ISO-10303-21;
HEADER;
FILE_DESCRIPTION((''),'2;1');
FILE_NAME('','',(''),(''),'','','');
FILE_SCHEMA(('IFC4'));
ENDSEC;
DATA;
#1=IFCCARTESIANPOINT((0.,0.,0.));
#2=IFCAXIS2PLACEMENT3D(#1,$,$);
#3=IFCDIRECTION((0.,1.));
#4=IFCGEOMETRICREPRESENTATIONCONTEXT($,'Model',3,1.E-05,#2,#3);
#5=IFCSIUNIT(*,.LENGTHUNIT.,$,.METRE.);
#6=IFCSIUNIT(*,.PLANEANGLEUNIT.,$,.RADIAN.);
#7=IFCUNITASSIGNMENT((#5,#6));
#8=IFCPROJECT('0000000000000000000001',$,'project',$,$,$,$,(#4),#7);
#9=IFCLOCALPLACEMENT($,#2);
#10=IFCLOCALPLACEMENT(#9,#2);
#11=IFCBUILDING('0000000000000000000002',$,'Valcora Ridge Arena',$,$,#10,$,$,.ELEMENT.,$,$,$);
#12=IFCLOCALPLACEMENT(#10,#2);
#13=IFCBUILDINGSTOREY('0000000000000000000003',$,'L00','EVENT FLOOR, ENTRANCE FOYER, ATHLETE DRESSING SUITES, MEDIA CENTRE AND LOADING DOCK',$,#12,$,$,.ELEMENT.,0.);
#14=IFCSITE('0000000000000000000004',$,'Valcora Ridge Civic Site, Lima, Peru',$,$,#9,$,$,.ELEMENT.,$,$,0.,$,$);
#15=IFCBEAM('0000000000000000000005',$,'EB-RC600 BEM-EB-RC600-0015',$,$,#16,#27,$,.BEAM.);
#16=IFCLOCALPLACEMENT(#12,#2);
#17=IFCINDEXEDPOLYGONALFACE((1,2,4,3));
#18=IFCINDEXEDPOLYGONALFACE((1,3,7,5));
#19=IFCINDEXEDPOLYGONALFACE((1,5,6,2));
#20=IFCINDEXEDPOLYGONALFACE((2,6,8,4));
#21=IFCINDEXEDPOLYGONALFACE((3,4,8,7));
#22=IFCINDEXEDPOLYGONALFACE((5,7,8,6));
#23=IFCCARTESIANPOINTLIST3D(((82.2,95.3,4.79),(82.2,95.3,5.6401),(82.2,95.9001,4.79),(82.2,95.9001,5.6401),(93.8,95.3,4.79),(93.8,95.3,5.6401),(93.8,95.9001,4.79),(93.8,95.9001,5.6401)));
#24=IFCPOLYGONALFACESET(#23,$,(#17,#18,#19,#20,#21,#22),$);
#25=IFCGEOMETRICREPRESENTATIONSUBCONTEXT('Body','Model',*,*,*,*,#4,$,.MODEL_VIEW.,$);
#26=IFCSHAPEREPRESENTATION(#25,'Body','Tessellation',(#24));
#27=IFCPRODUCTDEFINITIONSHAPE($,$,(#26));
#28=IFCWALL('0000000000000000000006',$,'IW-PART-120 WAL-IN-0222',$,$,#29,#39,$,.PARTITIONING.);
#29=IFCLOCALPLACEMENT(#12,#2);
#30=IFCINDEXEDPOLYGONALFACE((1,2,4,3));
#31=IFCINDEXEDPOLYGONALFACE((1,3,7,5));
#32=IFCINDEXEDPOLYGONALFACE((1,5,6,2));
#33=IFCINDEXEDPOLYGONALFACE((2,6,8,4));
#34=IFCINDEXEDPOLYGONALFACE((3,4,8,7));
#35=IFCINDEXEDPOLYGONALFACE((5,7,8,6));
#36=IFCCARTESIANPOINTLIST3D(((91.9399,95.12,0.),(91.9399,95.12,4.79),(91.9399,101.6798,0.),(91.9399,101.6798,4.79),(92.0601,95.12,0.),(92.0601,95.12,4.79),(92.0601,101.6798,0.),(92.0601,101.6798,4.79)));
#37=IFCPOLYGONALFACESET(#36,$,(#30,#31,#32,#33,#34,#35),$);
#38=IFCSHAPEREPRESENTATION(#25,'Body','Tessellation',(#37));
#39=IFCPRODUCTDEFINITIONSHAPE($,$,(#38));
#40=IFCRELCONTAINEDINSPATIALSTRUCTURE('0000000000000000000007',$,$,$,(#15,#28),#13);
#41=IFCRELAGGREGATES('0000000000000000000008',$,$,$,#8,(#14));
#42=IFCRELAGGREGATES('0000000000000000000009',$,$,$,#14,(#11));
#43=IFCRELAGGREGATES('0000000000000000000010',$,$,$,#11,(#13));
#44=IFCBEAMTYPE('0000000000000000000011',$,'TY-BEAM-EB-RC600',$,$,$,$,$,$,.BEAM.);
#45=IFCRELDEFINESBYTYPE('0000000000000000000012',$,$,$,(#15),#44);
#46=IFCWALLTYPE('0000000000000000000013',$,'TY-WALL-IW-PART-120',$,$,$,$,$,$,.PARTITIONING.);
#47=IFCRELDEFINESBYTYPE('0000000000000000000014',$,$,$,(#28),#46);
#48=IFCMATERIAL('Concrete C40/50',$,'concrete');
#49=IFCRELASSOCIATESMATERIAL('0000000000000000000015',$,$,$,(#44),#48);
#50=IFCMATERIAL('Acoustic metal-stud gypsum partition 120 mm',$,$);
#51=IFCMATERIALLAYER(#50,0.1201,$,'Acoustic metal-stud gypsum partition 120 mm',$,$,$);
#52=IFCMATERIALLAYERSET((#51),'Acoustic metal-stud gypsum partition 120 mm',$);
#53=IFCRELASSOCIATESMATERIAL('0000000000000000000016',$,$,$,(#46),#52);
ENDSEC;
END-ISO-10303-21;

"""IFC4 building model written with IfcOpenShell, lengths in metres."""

from ifc_helpers import new_model, si_unit, direction, frame, frame_2d, origin, origin_2d, place, context, subcontext, project, spatial, rectangle, extrude, material, layer, layer_set, material_profile, profile_set, type_object, element, save


model = new_model("IFC4")

# Units and contexts
model_context = context("Model", 3, precision=1e-05, world=origin(), true_north=direction((0.0, 1.0)))
body_context = subcontext(model_context, "Body", "Model", "MODEL_VIEW")
ifc_project = project(units=[si_unit("LENGTHUNIT", "METRE"), si_unit("PLANEANGLEUNIT", "RADIAN")], contexts=[model_context])

# Site, building, storey
site_placement = place(None, origin())
site = spatial("IfcSite", under=ifc_project, at=site_placement, Name="Valcora Ridge Civic Site, Lima, Peru", CompositionType="ELEMENT", RefElevation=0.0)
building_placement = place(site_placement, origin())
building = spatial("IfcBuilding", under=site, at=building_placement, Name="Valcora Ridge Arena", CompositionType="ELEMENT")
storey_placement = place(building_placement, origin())
storey = spatial("IfcBuildingStorey", under=building, at=storey_placement, Name="L00", Description="EVENT FLOOR, ENTRANCE FOYER, ATHLETE DRESSING SUITES, MEDIA CENTRE AND LOADING DOCK", CompositionType="ELEMENT", Elevation=0.0)

# Shared definitions
ifc_material_1 = material(Name="Concrete C40/50", Category="concrete")

# Beam
ifc_material_profile_1 = material_profile(ifc_material_1, rectangle(XDim=0.6001, YDim=0.8501, at=origin_2d()), Name="RC 600x850")
ifc_profile_set_1 = profile_set([ifc_material_profile_1], Name="Concrete C40/50")
beam_type_1 = type_object("IfcBeamType", Name="TY-BEAM-EB-RC600", PredefinedType="BEAM", material=ifc_profile_set_1)
beam_1_placement = place(storey_placement, frame((82.2, 95.6001, 5.2151), z_axis=(1.0, 0.0, 0.0), x_axis=(0.0, 1.0, 0.0)))
element("IfcBeam", 1, at=beam_1_placement, inside=storey, type_object=beam_type_1, Name="EB-RC600 BEM-EB-RC600-0015", PredefinedType="BEAM", context=body_context, shape_type="SweptSolid", body=[
    extrude(rectangle(XDim=0.6001, YDim=0.8501, at=origin_2d()), origin(), (0.0, 0.0, 1.0), 11.6001),
])

# Wall
ifc_material_2 = material(Name="Acoustic metal-stud gypsum partition 120 mm")
ifc_layer = layer(ifc_material_2, 0.1201, Name="Acoustic metal-stud gypsum partition 120 mm")
ifc_layer_set = layer_set([ifc_layer], Name="Acoustic metal-stud gypsum partition 120 mm")
wall_type = type_object("IfcWallType", Name="TY-WALL-IW-PART-120", PredefinedType="PARTITIONING", material=ifc_layer_set)
wall_placement = place(storey_placement, frame((92.0, 95.1201, 0.0), z_axis=(0.0, 0.0, 1.0), x_axis=(0.0, 1.0, 0.0)))
element("IfcWall", 2, at=wall_placement, inside=storey, type_object=wall_type, Name="IW-PART-120 WAL-IN-0222", PredefinedType="PARTITIONING", context=body_context, shape_type="SweptSolid", body=[
    extrude(rectangle(XDim=6.5598, YDim=0.1201, at=frame_2d((3.2798, 0.0))), origin(), (0.0, 0.0, 1.0), 4.79),
])

save(model, "model.ifc")
